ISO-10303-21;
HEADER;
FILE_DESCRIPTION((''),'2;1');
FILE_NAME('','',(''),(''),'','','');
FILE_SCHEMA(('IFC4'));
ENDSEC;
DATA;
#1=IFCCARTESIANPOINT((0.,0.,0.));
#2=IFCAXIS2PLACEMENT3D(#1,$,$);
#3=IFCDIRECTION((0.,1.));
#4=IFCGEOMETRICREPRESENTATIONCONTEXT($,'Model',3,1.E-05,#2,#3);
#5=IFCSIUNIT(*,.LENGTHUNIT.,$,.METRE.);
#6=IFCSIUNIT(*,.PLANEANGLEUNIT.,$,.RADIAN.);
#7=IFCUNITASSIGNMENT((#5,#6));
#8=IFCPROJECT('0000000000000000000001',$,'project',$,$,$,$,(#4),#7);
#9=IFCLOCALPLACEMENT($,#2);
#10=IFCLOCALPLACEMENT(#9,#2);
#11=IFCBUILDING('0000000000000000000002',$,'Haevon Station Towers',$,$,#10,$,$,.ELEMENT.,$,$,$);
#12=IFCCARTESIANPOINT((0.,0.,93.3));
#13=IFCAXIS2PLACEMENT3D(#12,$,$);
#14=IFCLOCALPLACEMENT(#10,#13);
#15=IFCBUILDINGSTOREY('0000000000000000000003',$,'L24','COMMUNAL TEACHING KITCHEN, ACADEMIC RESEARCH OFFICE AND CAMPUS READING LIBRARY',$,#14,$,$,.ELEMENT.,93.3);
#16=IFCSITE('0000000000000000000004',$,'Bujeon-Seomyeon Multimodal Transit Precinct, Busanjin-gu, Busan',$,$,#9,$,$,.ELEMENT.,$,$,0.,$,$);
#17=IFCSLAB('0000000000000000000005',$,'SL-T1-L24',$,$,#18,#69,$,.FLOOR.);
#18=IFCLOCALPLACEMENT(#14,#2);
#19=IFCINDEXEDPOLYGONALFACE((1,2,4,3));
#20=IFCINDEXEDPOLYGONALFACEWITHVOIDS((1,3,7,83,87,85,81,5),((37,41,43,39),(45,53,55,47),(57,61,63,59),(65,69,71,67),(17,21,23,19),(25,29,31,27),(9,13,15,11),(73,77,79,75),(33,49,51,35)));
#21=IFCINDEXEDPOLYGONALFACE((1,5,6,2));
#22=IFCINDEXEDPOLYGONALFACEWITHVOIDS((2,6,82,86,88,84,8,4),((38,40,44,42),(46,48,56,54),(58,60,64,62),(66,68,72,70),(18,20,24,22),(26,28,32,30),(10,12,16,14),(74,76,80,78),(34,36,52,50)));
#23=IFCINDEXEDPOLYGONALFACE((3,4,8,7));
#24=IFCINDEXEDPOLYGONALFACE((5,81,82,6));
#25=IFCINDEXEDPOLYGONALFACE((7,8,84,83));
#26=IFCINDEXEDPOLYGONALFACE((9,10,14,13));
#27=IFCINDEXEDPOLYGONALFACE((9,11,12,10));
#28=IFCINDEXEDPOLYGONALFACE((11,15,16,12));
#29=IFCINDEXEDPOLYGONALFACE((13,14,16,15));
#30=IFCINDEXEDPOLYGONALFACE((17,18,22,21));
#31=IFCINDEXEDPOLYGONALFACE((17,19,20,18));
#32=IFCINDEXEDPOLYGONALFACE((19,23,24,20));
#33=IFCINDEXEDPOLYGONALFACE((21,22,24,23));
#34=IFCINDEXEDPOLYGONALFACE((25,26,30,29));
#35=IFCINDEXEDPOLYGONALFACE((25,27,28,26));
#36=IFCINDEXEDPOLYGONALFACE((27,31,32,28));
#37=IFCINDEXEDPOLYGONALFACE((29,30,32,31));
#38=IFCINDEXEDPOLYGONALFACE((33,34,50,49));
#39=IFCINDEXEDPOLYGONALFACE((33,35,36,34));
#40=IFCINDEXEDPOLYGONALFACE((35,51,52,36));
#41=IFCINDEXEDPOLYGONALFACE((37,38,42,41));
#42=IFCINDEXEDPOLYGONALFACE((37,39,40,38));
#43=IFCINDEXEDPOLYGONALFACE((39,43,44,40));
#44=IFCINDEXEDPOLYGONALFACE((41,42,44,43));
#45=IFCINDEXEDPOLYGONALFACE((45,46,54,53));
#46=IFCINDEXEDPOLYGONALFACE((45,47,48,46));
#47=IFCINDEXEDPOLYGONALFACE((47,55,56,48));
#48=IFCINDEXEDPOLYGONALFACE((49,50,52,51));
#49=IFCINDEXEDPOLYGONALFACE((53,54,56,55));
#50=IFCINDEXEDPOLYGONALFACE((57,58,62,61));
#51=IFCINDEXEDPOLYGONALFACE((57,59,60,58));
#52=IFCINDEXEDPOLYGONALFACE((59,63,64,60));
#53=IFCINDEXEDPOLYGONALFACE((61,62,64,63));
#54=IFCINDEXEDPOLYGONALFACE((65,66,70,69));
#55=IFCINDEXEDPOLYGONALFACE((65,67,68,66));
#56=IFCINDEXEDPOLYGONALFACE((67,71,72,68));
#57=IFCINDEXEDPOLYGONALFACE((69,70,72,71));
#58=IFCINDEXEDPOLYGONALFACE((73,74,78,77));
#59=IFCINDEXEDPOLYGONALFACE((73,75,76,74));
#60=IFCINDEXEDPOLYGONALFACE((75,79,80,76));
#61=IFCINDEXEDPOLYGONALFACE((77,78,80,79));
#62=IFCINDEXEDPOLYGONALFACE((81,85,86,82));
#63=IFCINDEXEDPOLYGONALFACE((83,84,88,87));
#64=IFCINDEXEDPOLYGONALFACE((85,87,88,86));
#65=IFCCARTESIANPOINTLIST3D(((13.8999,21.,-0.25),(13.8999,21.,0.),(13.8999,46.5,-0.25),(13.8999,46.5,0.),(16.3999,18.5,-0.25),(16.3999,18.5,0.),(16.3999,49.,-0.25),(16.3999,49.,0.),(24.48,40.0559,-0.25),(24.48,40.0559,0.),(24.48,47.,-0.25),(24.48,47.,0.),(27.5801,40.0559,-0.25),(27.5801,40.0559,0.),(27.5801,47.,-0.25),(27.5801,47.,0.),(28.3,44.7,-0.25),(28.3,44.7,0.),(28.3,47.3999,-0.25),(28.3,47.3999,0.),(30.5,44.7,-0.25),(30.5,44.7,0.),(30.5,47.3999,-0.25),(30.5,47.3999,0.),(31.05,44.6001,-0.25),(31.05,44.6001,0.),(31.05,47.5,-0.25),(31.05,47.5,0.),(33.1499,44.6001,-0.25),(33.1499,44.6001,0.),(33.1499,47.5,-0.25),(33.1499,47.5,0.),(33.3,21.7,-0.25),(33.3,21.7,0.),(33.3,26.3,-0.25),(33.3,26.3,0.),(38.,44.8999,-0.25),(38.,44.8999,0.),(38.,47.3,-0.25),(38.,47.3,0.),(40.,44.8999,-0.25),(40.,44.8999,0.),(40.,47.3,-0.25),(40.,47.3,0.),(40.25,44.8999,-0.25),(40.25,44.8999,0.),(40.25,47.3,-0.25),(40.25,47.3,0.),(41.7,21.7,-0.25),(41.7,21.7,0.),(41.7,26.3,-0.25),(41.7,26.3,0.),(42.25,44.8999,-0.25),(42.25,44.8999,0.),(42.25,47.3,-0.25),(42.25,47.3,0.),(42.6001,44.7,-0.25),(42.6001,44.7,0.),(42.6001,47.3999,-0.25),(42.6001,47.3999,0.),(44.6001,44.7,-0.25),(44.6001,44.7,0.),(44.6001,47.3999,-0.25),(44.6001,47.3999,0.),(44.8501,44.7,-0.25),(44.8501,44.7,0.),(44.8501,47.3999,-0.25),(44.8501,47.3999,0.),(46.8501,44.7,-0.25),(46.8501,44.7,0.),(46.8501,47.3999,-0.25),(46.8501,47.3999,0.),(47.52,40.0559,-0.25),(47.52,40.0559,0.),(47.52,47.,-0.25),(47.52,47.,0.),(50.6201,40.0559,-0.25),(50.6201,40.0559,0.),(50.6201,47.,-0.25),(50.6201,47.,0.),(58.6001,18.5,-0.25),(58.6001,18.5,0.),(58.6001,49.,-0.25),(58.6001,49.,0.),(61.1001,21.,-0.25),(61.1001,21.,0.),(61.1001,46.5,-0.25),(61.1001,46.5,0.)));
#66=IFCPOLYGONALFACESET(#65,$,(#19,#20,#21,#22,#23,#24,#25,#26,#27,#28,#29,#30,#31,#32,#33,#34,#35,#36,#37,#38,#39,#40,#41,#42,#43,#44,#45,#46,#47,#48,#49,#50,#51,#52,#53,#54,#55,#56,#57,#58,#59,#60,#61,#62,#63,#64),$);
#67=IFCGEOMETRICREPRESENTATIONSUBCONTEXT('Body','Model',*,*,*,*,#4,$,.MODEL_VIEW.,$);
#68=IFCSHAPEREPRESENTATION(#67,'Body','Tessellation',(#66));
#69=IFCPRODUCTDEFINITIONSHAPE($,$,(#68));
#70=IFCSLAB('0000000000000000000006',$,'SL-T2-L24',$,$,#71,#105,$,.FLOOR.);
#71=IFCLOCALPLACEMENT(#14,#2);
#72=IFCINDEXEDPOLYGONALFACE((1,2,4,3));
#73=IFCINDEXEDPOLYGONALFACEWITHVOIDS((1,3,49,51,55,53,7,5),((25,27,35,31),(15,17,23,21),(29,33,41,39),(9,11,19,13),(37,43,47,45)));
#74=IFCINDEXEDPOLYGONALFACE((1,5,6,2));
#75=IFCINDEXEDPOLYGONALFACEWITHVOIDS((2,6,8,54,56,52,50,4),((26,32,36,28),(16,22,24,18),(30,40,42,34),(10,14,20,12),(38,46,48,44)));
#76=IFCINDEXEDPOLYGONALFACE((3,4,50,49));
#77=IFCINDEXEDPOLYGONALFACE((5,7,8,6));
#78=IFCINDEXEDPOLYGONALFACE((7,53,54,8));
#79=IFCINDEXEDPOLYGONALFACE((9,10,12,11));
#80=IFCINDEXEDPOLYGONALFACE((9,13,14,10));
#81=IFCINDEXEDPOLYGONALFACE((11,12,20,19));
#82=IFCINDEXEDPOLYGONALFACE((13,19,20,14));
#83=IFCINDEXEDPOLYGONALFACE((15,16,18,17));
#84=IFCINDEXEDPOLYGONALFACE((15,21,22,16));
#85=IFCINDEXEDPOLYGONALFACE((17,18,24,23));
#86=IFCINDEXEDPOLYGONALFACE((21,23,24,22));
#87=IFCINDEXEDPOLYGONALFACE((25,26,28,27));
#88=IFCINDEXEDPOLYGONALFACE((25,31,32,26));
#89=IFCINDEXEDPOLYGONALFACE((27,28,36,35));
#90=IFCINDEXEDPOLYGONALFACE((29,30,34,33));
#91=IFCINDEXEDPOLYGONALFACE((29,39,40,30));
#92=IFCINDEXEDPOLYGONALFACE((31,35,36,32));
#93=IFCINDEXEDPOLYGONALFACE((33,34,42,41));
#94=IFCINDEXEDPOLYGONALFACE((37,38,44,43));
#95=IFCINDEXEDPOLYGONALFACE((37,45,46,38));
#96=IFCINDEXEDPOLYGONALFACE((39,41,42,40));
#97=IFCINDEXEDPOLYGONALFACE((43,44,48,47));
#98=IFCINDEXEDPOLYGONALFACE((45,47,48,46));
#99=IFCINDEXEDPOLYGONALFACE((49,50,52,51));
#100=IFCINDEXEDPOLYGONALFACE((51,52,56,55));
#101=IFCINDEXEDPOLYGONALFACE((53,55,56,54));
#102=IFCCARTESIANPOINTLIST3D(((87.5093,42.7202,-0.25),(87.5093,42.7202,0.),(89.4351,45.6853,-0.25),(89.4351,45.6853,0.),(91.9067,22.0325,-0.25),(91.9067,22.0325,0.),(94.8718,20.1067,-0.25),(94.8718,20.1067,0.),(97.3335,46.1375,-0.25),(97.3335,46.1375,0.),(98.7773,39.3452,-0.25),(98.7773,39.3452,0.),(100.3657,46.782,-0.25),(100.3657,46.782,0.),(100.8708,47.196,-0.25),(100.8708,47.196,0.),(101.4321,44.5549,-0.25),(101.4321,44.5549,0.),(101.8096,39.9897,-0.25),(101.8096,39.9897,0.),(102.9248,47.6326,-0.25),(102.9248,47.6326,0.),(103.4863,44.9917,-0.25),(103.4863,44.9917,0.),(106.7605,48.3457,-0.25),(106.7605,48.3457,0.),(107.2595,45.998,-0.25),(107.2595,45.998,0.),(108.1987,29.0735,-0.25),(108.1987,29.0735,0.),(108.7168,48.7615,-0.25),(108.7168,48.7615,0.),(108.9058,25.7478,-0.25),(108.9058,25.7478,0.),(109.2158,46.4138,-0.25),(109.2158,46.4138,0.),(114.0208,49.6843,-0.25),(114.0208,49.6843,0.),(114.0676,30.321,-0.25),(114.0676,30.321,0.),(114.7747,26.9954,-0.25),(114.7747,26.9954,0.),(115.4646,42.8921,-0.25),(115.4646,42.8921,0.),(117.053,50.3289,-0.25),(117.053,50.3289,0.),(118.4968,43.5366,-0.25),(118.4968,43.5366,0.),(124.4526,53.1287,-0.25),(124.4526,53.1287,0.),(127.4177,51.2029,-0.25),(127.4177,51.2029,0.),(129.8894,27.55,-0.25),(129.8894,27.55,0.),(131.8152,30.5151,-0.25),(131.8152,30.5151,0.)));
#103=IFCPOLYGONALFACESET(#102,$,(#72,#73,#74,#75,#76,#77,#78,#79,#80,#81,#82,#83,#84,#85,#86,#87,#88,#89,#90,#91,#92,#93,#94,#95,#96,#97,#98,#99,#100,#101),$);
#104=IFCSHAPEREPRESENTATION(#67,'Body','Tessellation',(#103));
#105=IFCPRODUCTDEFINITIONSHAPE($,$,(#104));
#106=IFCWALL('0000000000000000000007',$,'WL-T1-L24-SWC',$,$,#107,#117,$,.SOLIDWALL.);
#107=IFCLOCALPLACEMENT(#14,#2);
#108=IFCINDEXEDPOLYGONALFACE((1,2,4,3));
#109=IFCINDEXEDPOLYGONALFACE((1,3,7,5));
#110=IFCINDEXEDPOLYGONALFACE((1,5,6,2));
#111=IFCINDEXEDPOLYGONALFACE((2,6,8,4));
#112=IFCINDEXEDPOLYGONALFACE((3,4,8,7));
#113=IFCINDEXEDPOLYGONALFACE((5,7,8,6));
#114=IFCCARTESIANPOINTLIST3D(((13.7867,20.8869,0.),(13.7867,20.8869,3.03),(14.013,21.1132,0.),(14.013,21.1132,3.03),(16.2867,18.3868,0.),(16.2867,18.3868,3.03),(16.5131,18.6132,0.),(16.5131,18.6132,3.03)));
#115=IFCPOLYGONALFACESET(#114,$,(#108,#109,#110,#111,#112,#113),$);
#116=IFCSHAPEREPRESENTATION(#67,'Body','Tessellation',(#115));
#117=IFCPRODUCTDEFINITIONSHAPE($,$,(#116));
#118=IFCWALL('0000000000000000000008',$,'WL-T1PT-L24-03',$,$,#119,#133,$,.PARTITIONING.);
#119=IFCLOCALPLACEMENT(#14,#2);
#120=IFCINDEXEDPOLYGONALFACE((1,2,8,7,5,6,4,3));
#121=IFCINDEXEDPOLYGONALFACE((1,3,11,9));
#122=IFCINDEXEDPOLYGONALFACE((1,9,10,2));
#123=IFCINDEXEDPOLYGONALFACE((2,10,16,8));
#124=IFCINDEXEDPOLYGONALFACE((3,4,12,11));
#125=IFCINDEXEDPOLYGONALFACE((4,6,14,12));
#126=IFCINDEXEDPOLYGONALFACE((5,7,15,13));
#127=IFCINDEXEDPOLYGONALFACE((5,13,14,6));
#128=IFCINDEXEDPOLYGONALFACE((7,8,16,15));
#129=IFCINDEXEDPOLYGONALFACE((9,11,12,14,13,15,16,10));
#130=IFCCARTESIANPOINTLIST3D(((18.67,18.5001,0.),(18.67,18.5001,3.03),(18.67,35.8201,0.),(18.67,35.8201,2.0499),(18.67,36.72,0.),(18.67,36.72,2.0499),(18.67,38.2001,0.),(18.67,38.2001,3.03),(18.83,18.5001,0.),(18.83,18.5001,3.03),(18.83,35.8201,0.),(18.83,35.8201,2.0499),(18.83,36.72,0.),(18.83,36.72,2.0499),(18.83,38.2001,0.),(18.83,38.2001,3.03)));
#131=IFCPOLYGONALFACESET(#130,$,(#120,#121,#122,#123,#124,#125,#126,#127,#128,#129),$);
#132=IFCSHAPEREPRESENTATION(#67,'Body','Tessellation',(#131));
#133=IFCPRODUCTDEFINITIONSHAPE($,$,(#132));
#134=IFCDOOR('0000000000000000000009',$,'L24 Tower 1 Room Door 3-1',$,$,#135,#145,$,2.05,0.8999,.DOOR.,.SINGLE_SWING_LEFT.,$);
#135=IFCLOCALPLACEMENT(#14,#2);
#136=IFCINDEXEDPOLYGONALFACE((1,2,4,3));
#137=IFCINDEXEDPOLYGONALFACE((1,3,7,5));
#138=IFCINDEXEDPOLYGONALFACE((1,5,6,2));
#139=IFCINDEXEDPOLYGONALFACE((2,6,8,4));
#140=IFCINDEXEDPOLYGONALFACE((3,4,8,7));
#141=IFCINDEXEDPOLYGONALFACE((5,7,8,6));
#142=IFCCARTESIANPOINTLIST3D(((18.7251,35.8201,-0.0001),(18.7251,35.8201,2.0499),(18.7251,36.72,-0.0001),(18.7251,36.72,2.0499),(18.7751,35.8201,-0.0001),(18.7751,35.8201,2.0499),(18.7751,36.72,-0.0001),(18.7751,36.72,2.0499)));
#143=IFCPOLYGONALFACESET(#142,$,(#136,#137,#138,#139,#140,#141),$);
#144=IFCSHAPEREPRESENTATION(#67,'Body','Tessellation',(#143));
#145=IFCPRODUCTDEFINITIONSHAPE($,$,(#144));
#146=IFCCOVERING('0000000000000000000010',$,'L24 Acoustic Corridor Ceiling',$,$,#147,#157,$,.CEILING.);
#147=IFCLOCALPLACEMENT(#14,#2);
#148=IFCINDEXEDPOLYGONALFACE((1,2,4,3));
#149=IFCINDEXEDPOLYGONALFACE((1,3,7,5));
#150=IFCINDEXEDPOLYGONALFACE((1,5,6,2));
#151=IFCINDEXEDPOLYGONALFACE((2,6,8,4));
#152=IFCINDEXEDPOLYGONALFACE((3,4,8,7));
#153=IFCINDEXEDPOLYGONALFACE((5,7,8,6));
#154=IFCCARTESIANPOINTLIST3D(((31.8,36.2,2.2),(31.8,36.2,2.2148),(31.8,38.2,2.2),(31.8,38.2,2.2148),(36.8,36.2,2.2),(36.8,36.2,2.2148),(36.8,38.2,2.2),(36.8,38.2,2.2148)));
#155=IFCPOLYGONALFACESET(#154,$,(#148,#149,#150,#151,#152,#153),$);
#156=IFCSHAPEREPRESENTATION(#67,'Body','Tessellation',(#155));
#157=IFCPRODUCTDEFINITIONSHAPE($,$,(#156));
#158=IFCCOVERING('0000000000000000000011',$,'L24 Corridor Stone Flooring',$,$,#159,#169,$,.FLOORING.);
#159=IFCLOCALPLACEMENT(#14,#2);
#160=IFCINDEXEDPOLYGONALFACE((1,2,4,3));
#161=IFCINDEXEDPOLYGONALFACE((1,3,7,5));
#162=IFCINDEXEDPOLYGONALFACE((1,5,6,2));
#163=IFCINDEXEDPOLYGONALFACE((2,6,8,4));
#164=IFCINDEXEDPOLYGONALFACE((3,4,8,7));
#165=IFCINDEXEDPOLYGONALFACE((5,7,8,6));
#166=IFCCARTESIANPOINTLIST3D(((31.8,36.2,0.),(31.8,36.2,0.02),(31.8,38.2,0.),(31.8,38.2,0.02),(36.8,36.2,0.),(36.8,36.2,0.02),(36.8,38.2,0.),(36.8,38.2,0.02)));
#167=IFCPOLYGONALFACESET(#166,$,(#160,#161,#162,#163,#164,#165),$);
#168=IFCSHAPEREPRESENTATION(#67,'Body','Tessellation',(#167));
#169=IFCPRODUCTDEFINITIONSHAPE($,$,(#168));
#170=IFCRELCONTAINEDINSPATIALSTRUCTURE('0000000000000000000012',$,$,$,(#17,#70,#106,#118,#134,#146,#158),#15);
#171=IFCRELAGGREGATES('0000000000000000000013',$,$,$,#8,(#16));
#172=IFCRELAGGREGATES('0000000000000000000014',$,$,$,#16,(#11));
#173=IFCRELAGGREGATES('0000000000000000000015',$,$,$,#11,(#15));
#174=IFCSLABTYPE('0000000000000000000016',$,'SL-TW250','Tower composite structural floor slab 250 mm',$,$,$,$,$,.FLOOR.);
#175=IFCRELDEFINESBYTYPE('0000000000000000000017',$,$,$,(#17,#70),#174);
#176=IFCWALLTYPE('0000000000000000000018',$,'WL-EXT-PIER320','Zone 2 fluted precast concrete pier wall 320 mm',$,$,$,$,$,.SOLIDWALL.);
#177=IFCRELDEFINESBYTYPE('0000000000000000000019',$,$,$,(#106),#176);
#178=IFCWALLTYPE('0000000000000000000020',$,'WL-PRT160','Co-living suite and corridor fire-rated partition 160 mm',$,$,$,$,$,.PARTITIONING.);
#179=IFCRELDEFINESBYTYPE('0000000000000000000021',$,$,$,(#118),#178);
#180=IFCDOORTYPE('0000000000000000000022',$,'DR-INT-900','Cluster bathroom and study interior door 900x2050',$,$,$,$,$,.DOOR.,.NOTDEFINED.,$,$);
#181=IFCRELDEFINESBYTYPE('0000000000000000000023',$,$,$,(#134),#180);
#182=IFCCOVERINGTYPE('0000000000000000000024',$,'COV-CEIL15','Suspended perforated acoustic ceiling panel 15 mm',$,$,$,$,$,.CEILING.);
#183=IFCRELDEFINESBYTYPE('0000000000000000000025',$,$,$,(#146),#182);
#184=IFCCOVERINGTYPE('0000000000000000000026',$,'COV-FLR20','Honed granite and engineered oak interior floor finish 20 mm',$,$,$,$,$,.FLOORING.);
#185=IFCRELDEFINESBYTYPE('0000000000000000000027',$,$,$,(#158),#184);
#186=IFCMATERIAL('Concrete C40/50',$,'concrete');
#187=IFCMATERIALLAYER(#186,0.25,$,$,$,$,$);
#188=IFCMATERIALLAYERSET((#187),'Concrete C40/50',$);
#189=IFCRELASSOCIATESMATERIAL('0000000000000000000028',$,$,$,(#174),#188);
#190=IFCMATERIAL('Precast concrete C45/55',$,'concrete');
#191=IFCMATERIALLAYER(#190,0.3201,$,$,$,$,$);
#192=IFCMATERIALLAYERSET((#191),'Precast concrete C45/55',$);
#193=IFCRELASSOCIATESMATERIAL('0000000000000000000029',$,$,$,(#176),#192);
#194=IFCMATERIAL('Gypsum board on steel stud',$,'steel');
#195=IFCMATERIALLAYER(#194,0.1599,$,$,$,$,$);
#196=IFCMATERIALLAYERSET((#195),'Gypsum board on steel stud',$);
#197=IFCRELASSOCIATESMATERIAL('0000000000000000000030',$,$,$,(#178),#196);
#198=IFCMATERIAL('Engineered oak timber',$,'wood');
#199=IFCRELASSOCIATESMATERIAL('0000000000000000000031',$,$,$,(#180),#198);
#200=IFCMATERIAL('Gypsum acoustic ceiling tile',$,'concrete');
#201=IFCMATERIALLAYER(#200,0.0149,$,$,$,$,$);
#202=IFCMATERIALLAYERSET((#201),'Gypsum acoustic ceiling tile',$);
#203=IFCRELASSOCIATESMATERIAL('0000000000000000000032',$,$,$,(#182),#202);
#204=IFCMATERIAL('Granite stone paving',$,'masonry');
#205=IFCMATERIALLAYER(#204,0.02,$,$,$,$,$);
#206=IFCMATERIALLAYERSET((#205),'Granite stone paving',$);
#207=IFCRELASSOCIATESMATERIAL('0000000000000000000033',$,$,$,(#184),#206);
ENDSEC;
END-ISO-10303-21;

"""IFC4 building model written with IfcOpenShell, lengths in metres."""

from ifc_helpers import new_model, si_unit, direction, frame, frame_2d, origin, place, context, subcontext, project, spatial, polyline, rectangle, outline, extrude, material, layer, layer_set, type_object, element, fill, save


model = new_model("IFC4")

# Units and contexts
model_context = context("Model", 3, precision=1e-05, world=origin(), true_north=direction((0.0, 1.0)))
body_context = subcontext(model_context, "Body", "Model", "MODEL_VIEW")
ifc_project = project(units=[si_unit("LENGTHUNIT", "METRE"), si_unit("PLANEANGLEUNIT", "RADIAN")], contexts=[model_context])

# Site, building, storey
site_placement = place(None, origin())
site = spatial("IfcSite", under=ifc_project, at=site_placement, Name="Bujeon-Seomyeon Multimodal Transit Precinct, Busanjin-gu, Busan", CompositionType="ELEMENT", RefElevation=0.0)
building_placement = place(site_placement, origin())
building = spatial("IfcBuilding", under=site, at=building_placement, Name="Haevon Station Towers", CompositionType="ELEMENT")
storey_placement = place(building_placement, frame((0.0, 0.0, 93.3)))
storey = spatial("IfcBuildingStorey", under=building, at=storey_placement, Name="L24", Description="COMMUNAL TEACHING KITCHEN, ACADEMIC RESEARCH OFFICE AND CAMPUS READING LIBRARY", CompositionType="ELEMENT", Elevation=93.3)

# Shared definitions
ifc_material_1 = material(Name="Concrete C40/50", Category="concrete")

# Slabs
ifc_layer_1 = layer(ifc_material_1, 0.25)
ifc_layer_set_1 = layer_set([ifc_layer_1], Name="Concrete C40/50")
slab_type_1 = type_object("IfcSlabType", Name="SL-TW250", Description="Tower composite structural floor slab 250 mm", PredefinedType="FLOOR", material=ifc_layer_set_1)
slab_1_placement = place(storey_placement, frame((0.0, 0.0, -0.25)))
element("IfcSlab", 1, at=slab_1_placement, inside=storey, type_object=slab_type_1, Name="SL-T1-L24", PredefinedType="FLOOR", context=body_context, shape_type="SweptSolid", body=[
    extrude(outline(polyline([(16.3999, 18.5), (58.6001, 18.5), (61.1001, 21.0), (61.1001, 46.5), (58.6001, 49.0), (16.3999, 49.0), (13.8999, 46.5), (13.8999, 21.0), (16.3999, 18.5)]), holes=[polyline([(27.5801, 40.0559), (27.5801, 47.0), (24.48, 47.0), (24.48, 40.0559), (27.5801, 40.0559)]), polyline([(50.6201, 40.0559), (50.6201, 47.0), (47.52, 47.0), (47.52, 40.0559), (50.6201, 40.0559)]), polyline([(28.3, 44.7), (30.5, 44.7), (30.5, 47.3999), (28.3, 47.3999), (28.3, 44.7)]), polyline([(31.05, 44.6001), (33.1499, 44.6001), (33.1499, 47.5), (31.05, 47.5), (31.05, 44.6001)]), polyline([(38.0, 44.8999), (40.0, 44.8999), (40.0, 47.3), (38.0, 47.3), (38.0, 44.8999)]), polyline([(40.25, 44.8999), (42.25, 44.8999), (42.25, 47.3), (40.25, 47.3), (40.25, 44.8999)]), polyline([(42.6001, 44.7), (44.6001, 44.7), (44.6001, 47.3999), (42.6001, 47.3999), (42.6001, 44.7)]), polyline([(44.8501, 44.7), (46.8501, 44.7), (46.8501, 47.3999), (44.8501, 47.3999), (44.8501, 44.7)]), polyline([(33.3, 21.7), (41.7, 21.7), (41.7, 26.3), (33.3, 26.3), (33.3, 21.7)])]), origin(), (0.0, 0.0, 1.0), 0.25),
])
slab_2_placement = place(storey_placement, frame((0.0, 0.0, -0.25)))
element("IfcSlab", 2, at=slab_2_placement, inside=storey, type_object=slab_type_1, Name="SL-T2-L24", PredefinedType="FLOOR", context=body_context, shape_type="SweptSolid", body=[
    extrude(outline(polyline([(94.8718, 20.1067), (129.8894, 27.55), (131.8152, 30.5151), (127.4177, 51.2029), (124.4526, 53.1287), (89.4351, 45.6853), (87.5093, 42.7202), (91.9067, 22.0325), (94.8718, 20.1067)]), holes=[polyline([(101.8096, 39.9897), (100.3657, 46.782), (97.3335, 46.1375), (98.7773, 39.3452), (101.8096, 39.9897)]), polyline([(118.4968, 43.5366), (117.053, 50.3289), (114.0208, 49.6843), (115.4646, 42.8921), (118.4968, 43.5366)]), polyline([(101.4321, 44.5549), (103.4863, 44.9917), (102.9248, 47.6326), (100.8708, 47.196), (101.4321, 44.5549)]), polyline([(107.2595, 45.998), (109.2158, 46.4138), (108.7168, 48.7615), (106.7605, 48.3457), (107.2595, 45.998)]), polyline([(108.9058, 25.7478), (114.7747, 26.9954), (114.0676, 30.321), (108.1987, 29.0735), (108.9058, 25.7478)])]), origin(), (0.0, 0.0, 1.0), 0.25),
])

# Wall
ifc_material_2 = material(Name="Precast concrete C45/55", Category="concrete")
ifc_layer_2 = layer(ifc_material_2, 0.3201)
ifc_layer_set_2 = layer_set([ifc_layer_2], Name="Precast concrete C45/55")
wall_type_1 = type_object("IfcWallType", Name="WL-EXT-PIER320", Description="Zone 2 fluted precast concrete pier wall 320 mm", PredefinedType="SOLIDWALL", material=ifc_layer_set_2)
wall_1_placement = place(storey_placement, frame((16.3999, 18.5, 0.0), z_axis=(0.0, 0.0, 1.0), x_axis=(-0.707107, 0.707107, 0.0)))
element("IfcWall", 3, at=wall_1_placement, inside=storey, type_object=wall_type_1, Name="WL-T1-L24-SWC", PredefinedType="SOLIDWALL", context=body_context, shape_type="SweptSolid", body=[
    extrude(rectangle(XDim=3.5356, YDim=0.3201, at=frame_2d((1.7678, 0.0))), origin(), (0.0, 0.0, 1.0), 3.03),
])

# Wall, opening, door
ifc_material_3 = material(Name="Gypsum board on steel stud", Category="steel")
ifc_layer_3 = layer(ifc_material_3, 0.1599)
ifc_layer_set_3 = layer_set([ifc_layer_3], Name="Gypsum board on steel stud")
wall_type_2 = type_object("IfcWallType", Name="WL-PRT160", Description="Co-living suite and corridor fire-rated partition 160 mm", PredefinedType="PARTITIONING", material=ifc_layer_set_3)
wall_2_placement = place(storey_placement, frame((18.75, 18.5, 0.0), z_axis=(0.0, 0.0, 1.0), x_axis=(0.0, 1.0, 0.0)))
wall_2 = element("IfcWall", 4, at=wall_2_placement, inside=storey, type_object=wall_type_2, Name="WL-T1PT-L24-03", PredefinedType="PARTITIONING", context=body_context, shape_type="SweptSolid", body=[
    extrude(rectangle(XDim=19.7, YDim=0.1599, at=frame_2d((9.8501, 0.0))), origin(), (0.0, 0.0, 1.0), 3.03),
])
opening_placement = place(wall_2_placement, frame((17.3201, 0.0, 0.0)))
opening = element("IfcOpeningElement", 5, at=opening_placement, cuts=wall_2, PredefinedType="OPENING", context=body_context, shape_type="SweptSolid", body=[
    extrude(rectangle(XDim=0.8999, YDim=2.05, at=frame_2d((0.45, 1.0249))), frame((0.0, 0.0898, 0.0), z_axis=(0.0, -1.0, 0.0), x_axis=(1.0, 0.0, 0.0)), (0.0, 0.0, 1.0), 0.1799),
])
ifc_material_4 = material(Name="Engineered oak timber", Category="wood")
door_type = type_object("IfcDoorType", Name="DR-INT-900", Description="Cluster bathroom and study interior door 900x2050", OperationType="NOTDEFINED", PredefinedType="DOOR", material=ifc_material_4)
door_placement = place(opening_placement, origin())
door = element("IfcDoor", 6, at=door_placement, inside=storey, type_object=door_type, Name="L24 Tower 1 Room Door 3-1", OperationType="SINGLE_SWING_LEFT", OverallHeight=2.05, OverallWidth=0.8999, PredefinedType="DOOR", context=body_context, shape_type="SweptSolid", body=[
    extrude(rectangle(XDim=0.8999, YDim=2.05, at=frame_2d((0.45, 1.0249))), frame((0.0, 0.0249, 0.0), z_axis=(0.0, -1.0, 0.0), x_axis=(1.0, 0.0, 0.0)), (0.0, 0.0, 1.0), 0.05),
])
fill(opening, door)

# Coverings
ifc_material_5 = material(Name="Gypsum acoustic ceiling tile", Category="concrete")
ifc_layer_4 = layer(ifc_material_5, 0.0149)
ifc_layer_set_4 = layer_set([ifc_layer_4], Name="Gypsum acoustic ceiling tile")
covering_type_1 = type_object("IfcCoveringType", Name="COV-CEIL15", Description="Suspended perforated acoustic ceiling panel 15 mm", PredefinedType="CEILING", material=ifc_layer_set_4)
covering_1_placement = place(storey_placement, frame((0.0, 0.0, 2.2)))
element("IfcCovering", 7, at=covering_1_placement, inside=storey, type_object=covering_type_1, Name="L24 Acoustic Corridor Ceiling", PredefinedType="CEILING", context=body_context, shape_type="SweptSolid", body=[
    extrude(outline(polyline([(31.8, 36.2), (36.8, 36.2), (36.8, 38.2), (31.8, 38.2), (31.8, 36.2)])), origin(), (0.0, 0.0, 1.0), 0.0149),
])
ifc_material_6 = material(Name="Granite stone paving", Category="masonry")
ifc_layer_5 = layer(ifc_material_6, 0.02)
ifc_layer_set_5 = layer_set([ifc_layer_5], Name="Granite stone paving")
covering_type_2 = type_object("IfcCoveringType", Name="COV-FLR20", Description="Honed granite and engineered oak interior floor finish 20 mm", PredefinedType="FLOORING", material=ifc_layer_set_5)
covering_2_placement = place(storey_placement, origin())
element("IfcCovering", 8, at=covering_2_placement, inside=storey, type_object=covering_type_2, Name="L24 Corridor Stone Flooring", PredefinedType="FLOORING", context=body_context, shape_type="SweptSolid", body=[
    extrude(outline(polyline([(31.8, 36.2), (36.8, 36.2), (36.8, 38.2), (31.8, 38.2), (31.8, 36.2)])), origin(), (0.0, 0.0, 1.0), 0.02),
])

save(model, "model.ifc")
